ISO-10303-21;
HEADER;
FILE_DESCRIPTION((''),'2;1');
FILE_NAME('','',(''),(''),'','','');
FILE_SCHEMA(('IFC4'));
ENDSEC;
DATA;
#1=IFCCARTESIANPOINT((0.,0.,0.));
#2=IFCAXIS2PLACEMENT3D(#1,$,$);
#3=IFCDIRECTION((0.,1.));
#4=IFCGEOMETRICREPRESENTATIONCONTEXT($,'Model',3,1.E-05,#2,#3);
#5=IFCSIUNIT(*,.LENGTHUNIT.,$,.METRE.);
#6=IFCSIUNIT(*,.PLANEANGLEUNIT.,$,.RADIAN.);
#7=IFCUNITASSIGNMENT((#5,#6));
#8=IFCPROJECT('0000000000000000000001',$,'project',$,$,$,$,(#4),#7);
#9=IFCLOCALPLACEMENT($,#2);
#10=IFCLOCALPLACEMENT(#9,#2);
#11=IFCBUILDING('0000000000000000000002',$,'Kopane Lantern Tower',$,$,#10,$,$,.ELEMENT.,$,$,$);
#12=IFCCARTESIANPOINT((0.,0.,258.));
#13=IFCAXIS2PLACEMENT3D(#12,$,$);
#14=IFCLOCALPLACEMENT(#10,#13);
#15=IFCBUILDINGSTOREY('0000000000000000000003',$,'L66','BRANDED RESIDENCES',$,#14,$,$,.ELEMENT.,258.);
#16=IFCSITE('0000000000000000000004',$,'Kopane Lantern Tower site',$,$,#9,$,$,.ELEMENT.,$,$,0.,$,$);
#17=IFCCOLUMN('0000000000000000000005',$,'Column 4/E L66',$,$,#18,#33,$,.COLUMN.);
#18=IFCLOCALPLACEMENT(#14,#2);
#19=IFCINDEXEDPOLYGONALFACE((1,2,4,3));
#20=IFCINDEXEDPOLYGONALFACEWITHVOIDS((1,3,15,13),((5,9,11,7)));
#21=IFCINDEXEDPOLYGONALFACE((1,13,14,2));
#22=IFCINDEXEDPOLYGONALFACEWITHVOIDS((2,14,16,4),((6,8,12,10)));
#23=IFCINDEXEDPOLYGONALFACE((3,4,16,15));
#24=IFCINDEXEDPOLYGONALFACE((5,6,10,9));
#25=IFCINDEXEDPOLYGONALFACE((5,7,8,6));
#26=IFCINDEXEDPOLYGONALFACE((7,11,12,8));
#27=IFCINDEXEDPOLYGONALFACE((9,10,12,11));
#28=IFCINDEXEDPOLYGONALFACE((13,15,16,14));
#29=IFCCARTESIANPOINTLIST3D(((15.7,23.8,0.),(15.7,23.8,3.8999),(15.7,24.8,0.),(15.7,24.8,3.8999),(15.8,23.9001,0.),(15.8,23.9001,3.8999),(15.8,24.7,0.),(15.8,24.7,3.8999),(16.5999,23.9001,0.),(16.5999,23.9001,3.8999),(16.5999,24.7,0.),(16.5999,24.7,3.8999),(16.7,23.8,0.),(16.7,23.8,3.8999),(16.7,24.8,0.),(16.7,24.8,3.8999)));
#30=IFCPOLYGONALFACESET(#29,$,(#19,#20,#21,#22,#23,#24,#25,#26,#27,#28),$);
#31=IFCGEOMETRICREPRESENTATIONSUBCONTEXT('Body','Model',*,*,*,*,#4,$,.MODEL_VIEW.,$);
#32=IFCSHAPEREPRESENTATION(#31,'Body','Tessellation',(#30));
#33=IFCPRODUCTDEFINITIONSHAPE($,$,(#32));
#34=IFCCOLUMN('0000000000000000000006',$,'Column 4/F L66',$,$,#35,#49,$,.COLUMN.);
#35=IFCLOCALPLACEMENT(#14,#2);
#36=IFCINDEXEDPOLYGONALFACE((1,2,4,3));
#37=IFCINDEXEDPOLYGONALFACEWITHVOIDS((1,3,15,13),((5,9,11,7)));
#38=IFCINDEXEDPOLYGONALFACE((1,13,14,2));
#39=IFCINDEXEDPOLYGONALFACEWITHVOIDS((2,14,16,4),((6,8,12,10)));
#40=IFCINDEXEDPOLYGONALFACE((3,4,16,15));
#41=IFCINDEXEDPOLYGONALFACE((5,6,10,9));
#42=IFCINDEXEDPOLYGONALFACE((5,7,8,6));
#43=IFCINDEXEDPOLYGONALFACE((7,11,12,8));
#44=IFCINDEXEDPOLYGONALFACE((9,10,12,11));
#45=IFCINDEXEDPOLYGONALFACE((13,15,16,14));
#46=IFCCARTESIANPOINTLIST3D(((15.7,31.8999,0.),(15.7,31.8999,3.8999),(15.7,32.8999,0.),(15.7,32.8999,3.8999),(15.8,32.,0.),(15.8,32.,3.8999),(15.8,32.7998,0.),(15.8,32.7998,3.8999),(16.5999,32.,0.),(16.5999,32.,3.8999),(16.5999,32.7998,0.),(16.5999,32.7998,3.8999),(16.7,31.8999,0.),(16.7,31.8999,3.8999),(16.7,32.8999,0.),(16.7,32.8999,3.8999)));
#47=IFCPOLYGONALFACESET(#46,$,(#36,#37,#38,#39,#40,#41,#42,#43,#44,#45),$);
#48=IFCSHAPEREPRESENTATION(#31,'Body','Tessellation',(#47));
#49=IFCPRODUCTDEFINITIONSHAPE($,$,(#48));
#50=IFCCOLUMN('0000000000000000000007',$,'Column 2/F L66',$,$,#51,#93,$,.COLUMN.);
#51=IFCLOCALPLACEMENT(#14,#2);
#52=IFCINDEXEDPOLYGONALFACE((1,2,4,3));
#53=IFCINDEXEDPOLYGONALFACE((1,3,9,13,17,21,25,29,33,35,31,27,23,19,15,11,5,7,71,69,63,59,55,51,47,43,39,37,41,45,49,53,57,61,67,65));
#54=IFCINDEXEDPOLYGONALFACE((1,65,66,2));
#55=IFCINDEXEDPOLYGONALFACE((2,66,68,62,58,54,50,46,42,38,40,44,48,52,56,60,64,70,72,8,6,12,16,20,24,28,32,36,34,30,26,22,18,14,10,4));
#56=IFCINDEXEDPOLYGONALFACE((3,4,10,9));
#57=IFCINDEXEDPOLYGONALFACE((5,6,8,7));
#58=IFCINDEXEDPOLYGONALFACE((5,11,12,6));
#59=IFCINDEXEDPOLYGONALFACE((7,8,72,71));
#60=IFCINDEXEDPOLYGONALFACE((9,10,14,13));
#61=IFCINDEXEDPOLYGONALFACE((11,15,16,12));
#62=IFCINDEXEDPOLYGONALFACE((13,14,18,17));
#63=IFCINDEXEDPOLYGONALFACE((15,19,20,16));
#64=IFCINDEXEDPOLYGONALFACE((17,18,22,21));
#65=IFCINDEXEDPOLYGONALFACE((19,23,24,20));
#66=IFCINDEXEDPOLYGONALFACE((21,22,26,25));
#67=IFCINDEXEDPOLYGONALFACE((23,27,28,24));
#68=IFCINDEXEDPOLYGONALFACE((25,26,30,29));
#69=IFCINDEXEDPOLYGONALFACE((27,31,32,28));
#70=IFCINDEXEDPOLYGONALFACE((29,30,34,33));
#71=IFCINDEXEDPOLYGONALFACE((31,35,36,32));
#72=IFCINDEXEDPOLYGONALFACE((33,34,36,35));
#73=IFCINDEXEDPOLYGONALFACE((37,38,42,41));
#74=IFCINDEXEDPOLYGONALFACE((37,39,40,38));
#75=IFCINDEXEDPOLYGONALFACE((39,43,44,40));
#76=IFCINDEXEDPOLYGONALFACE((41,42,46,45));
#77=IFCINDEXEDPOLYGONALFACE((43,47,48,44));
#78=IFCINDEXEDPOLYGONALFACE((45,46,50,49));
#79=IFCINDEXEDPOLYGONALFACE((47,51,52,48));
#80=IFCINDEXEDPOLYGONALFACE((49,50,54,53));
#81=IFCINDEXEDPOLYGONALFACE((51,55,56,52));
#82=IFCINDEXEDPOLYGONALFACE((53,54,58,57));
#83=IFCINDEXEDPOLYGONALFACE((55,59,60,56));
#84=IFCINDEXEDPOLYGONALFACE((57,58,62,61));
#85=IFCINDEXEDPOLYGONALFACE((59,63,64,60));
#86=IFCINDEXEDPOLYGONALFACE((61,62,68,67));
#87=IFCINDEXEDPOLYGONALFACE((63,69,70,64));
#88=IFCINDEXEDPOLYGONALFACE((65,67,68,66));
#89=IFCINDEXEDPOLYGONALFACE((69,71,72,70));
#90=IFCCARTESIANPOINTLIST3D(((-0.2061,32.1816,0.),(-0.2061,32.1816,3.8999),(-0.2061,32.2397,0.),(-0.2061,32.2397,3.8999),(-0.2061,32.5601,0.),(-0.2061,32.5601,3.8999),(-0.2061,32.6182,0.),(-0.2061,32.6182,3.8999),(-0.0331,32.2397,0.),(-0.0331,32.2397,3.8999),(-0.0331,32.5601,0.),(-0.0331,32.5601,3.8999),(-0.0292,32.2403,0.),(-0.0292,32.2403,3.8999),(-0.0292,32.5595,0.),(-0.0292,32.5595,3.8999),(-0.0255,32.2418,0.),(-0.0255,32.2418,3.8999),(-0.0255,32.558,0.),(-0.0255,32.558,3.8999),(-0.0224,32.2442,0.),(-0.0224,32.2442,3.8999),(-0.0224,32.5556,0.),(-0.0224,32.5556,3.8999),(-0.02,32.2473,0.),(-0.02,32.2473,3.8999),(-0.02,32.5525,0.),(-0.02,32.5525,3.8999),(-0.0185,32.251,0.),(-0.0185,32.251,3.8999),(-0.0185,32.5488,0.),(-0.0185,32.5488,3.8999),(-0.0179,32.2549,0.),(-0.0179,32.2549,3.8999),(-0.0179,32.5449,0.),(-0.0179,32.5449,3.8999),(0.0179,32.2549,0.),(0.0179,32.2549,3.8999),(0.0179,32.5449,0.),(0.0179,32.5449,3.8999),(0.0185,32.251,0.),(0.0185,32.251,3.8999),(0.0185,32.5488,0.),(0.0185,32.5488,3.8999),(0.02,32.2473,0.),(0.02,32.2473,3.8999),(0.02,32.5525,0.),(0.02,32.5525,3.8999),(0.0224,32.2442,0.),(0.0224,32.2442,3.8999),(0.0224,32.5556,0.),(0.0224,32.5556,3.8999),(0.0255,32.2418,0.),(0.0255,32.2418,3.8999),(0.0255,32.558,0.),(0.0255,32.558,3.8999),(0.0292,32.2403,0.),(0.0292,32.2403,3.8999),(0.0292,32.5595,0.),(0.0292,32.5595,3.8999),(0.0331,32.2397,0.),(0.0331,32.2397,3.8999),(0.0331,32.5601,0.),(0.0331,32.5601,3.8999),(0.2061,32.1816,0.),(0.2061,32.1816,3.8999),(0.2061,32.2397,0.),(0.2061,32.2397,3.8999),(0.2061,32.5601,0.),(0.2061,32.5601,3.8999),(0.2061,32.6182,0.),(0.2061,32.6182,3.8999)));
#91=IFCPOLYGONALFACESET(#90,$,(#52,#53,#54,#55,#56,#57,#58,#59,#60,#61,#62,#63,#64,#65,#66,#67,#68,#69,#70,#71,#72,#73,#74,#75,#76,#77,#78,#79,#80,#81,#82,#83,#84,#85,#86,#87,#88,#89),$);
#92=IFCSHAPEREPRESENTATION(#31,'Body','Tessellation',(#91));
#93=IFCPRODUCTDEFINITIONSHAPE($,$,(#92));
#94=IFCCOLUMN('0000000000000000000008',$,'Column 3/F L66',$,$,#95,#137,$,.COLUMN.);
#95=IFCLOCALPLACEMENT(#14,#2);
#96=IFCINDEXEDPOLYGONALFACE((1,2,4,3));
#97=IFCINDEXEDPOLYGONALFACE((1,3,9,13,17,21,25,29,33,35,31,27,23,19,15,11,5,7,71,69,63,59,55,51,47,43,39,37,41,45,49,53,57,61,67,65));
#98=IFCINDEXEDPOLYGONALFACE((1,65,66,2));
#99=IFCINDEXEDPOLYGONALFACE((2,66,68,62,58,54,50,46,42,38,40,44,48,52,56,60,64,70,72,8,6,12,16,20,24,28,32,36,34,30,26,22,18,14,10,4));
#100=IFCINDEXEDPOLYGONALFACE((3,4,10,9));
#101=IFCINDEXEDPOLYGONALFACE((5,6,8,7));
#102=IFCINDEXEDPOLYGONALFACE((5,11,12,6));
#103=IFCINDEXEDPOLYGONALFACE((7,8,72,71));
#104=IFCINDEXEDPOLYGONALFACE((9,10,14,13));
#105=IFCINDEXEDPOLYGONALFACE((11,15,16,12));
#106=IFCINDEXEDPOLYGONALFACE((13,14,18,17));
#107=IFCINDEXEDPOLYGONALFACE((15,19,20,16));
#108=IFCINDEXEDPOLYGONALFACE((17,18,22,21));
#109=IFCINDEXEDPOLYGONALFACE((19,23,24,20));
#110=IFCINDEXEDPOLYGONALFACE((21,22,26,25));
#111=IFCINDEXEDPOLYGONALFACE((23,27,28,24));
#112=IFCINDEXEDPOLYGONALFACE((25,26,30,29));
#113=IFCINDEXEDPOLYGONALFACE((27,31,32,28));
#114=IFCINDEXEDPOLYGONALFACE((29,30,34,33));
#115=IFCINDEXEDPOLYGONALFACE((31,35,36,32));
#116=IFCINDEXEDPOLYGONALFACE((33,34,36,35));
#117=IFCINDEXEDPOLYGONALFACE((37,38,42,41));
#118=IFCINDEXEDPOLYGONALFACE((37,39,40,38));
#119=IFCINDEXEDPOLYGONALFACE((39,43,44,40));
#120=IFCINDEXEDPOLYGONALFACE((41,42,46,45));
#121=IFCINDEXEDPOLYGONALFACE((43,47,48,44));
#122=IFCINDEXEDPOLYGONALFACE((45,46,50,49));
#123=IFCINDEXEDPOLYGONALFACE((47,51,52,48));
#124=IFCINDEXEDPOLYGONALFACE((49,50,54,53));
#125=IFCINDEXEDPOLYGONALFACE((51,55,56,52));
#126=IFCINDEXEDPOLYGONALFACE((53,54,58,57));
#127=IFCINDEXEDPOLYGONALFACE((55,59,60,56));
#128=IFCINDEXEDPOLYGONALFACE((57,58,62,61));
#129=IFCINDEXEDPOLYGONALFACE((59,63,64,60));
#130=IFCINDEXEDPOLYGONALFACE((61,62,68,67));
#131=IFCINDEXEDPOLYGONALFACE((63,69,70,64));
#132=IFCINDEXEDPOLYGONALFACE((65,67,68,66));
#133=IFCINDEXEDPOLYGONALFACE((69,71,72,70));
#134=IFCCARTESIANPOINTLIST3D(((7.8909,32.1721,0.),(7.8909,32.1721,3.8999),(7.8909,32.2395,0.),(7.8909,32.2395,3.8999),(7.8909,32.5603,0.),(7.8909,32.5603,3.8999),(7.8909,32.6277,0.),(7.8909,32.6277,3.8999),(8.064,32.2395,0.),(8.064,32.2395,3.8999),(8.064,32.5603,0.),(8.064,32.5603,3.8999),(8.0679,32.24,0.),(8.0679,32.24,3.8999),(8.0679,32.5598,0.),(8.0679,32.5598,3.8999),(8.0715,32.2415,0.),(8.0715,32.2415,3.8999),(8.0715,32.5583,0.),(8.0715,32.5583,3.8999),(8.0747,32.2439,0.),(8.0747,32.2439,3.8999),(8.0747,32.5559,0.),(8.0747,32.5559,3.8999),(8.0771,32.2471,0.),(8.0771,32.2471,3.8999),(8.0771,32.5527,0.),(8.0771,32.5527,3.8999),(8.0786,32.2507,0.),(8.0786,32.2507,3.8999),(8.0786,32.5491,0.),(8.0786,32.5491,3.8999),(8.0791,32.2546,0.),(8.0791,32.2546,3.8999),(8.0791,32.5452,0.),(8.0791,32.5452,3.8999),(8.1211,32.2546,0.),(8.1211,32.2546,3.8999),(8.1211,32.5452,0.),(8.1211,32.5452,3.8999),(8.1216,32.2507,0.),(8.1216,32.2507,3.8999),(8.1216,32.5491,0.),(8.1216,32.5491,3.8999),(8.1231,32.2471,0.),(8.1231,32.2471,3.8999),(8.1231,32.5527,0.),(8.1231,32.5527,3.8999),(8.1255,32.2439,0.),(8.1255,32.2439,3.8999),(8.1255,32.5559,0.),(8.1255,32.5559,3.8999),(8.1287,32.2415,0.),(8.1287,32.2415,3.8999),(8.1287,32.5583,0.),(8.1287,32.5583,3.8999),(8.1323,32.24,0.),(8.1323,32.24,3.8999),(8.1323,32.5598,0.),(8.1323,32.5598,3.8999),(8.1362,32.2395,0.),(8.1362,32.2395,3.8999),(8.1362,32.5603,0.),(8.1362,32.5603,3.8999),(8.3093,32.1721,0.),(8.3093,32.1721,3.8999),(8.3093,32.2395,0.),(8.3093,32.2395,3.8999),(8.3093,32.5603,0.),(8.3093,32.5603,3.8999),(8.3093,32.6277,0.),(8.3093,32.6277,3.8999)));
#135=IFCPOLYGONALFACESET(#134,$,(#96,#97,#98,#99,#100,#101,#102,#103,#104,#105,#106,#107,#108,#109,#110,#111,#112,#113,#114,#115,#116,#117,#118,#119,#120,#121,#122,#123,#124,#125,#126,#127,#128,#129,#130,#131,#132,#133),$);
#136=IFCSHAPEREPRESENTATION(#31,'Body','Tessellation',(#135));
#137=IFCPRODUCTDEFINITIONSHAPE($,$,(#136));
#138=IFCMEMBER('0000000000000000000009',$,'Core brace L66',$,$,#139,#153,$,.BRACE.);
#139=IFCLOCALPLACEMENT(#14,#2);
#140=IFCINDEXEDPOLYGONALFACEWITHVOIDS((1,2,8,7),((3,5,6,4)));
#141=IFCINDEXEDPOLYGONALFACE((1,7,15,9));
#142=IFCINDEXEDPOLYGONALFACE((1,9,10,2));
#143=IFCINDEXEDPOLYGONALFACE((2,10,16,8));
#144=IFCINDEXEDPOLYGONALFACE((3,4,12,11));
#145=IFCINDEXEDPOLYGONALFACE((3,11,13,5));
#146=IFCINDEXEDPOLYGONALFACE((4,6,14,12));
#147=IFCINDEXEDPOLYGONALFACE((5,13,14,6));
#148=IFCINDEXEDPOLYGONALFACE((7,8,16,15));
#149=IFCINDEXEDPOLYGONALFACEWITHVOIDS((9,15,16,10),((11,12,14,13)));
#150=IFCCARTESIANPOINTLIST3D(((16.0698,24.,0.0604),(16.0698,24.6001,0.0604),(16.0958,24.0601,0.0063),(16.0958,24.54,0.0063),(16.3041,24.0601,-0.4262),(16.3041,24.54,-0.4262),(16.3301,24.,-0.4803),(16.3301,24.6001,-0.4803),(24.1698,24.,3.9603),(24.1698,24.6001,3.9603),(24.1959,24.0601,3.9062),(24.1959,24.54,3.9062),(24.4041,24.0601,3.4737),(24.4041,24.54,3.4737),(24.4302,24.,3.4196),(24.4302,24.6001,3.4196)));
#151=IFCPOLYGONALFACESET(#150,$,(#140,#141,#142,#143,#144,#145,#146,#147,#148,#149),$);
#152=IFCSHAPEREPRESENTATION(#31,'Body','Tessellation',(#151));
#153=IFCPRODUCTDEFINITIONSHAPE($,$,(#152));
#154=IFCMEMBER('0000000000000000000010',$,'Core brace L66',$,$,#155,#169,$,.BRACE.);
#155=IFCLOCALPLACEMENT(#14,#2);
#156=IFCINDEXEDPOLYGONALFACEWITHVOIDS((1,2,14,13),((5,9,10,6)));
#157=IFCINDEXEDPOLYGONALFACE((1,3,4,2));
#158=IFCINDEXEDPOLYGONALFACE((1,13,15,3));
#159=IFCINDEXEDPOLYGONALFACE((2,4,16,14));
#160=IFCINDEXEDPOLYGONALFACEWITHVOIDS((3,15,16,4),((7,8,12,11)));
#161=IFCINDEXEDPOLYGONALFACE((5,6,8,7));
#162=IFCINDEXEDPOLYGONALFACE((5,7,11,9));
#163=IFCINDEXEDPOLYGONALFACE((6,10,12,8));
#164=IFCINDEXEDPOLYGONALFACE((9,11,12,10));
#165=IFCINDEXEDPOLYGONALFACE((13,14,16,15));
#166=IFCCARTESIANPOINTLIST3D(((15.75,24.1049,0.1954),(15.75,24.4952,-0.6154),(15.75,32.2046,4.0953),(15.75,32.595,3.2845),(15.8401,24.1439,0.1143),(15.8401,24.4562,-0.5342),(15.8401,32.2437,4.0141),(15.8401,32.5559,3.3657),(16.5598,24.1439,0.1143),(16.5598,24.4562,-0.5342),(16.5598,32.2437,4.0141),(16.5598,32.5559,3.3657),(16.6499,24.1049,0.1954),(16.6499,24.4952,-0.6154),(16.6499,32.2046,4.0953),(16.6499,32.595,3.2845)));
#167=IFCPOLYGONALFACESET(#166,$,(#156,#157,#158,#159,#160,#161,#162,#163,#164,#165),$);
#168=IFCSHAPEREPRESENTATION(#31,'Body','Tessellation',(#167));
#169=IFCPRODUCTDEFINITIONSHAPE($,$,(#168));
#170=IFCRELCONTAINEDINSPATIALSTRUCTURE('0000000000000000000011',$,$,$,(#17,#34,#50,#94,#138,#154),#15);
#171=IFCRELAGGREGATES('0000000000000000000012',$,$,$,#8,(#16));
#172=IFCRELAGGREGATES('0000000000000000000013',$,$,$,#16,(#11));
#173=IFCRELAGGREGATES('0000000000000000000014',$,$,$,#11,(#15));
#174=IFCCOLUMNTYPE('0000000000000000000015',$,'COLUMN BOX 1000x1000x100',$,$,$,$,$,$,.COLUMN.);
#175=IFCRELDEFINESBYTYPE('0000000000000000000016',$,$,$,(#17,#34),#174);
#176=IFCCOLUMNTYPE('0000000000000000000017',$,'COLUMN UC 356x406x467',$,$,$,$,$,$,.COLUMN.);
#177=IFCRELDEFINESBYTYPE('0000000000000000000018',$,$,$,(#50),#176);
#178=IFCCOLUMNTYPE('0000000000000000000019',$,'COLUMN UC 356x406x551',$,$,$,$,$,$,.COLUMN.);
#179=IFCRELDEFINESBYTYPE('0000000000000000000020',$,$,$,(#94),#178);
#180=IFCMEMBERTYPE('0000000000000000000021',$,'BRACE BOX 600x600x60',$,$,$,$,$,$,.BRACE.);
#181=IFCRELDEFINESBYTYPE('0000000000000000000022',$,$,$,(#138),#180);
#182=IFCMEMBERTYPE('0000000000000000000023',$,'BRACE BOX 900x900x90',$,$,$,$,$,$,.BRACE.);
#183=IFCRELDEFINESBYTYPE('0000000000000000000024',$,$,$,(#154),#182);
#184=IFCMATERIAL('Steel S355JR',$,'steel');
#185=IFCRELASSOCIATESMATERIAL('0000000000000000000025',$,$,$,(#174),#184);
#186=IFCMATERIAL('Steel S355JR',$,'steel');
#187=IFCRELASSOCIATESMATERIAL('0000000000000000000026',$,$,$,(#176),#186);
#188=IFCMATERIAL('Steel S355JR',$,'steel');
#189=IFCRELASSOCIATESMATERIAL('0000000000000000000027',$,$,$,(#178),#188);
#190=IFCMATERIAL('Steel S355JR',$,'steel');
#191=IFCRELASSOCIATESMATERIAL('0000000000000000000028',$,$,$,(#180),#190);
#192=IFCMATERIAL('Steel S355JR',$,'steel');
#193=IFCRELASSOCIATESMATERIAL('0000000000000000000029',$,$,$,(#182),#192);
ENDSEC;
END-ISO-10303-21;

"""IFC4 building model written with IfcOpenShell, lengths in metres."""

from ifc_helpers import new_model, si_unit, direction, frame, origin, origin_2d, place, context, subcontext, project, spatial, hollow_rectangle, i_section, extrude, material, material_profile, profile_set, type_object, element, save


model = new_model("IFC4")

# Units and contexts
model_context = context("Model", 3, precision=1e-05, world=origin(), true_north=direction((0.0, 1.0)))
body_context = subcontext(model_context, "Body", "Model", "MODEL_VIEW")
ifc_project = project(units=[si_unit("LENGTHUNIT", "METRE"), si_unit("PLANEANGLEUNIT", "RADIAN")], contexts=[model_context])

# Site, building, storey
site_placement = place(None, origin())
site = spatial("IfcSite", under=ifc_project, at=site_placement, Name="Kopane Lantern Tower site", CompositionType="ELEMENT", RefElevation=0.0)
building_placement = place(site_placement, origin())
building = spatial("IfcBuilding", under=site, at=building_placement, Name="Kopane Lantern Tower", CompositionType="ELEMENT")
storey_placement = place(building_placement, frame((0.0, 0.0, 258.0)))
storey = spatial("IfcBuildingStorey", under=building, at=storey_placement, Name="L66", Description="BRANDED RESIDENCES", CompositionType="ELEMENT", Elevation=258.0)

# Columns
ifc_material_1 = material(Name="Steel S355JR", Category="steel")
ifc_material_profile_1 = material_profile(ifc_material_1, hollow_rectangle(XDim=1.0, YDim=1.0, WallThickness=0.1001, at=origin_2d()), Name="BOX 1000x1000x100")
ifc_profile_set_1 = profile_set([ifc_material_profile_1], Name="Steel S355JR")
column_type_1 = type_object("IfcColumnType", Name="COLUMN BOX 1000x1000x100", PredefinedType="COLUMN", material=ifc_profile_set_1)
for number, where, z_axis, x_axis, name in (
    (1, (16.2, 24.3, 0.0), (0.0, 0.0, 1.0), (1.0, 0.0, 0.0), "Column 4/E L66"),
    (2, (16.2, 32.3999, 0.0), (0.0, 0.0, 1.0), (1.0, 0.0, 0.0), "Column 4/F L66"),
):
    element("IfcColumn", number, at=place(storey_placement, frame(where, z_axis=z_axis, x_axis=x_axis)), inside=storey, type_object=column_type_1, Name=name, PredefinedType="COLUMN", context=body_context, shape_type="SweptSolid", body=[
        extrude(hollow_rectangle(XDim=1.0, YDim=1.0, WallThickness=0.1001, at=origin_2d()), origin(), (0.0, 0.0, 1.0), 3.8999),
    ])
ifc_material_2 = material(Name="Steel S355JR", Category="steel")
ifc_material_profile_2 = material_profile(ifc_material_2, i_section(OverallWidth=0.4121, OverallDepth=0.4365, WebThickness=0.0359, FlangeThickness=0.0581, FilletRadius=0.0151, at=origin_2d()), Name="UC 356x406x467")
ifc_profile_set_2 = profile_set([ifc_material_profile_2], Name="Steel S355JR")
column_type_2 = type_object("IfcColumnType", Name="COLUMN UC 356x406x467", PredefinedType="COLUMN", material=ifc_profile_set_2)
column_1_placement = place(storey_placement, frame((0.0, 32.3999, 0.0), z_axis=(0.0, 0.0, 1.0), x_axis=(1.0, 0.0, 0.0)))
element("IfcColumn", 3, at=column_1_placement, inside=storey, type_object=column_type_2, Name="Column 2/F L66", PredefinedType="COLUMN", context=body_context, shape_type="SweptSolid", body=[
    extrude(i_section(OverallWidth=0.4121, OverallDepth=0.4365, WebThickness=0.0359, FlangeThickness=0.0581, FilletRadius=0.0151, at=origin_2d()), origin(), (0.0, 0.0, 1.0), 3.8999),
])
ifc_material_3 = material(Name="Steel S355JR", Category="steel")
ifc_material_profile_3 = material_profile(ifc_material_3, i_section(OverallWidth=0.4185, OverallDepth=0.4556, WebThickness=0.042, FlangeThickness=0.0674, FilletRadius=0.0151, at=origin_2d()), Name="UC 356x406x551")
ifc_profile_set_3 = profile_set([ifc_material_profile_3], Name="Steel S355JR")
column_type_3 = type_object("IfcColumnType", Name="COLUMN UC 356x406x551", PredefinedType="COLUMN", material=ifc_profile_set_3)
column_2_placement = place(storey_placement, frame((8.1001, 32.3999, 0.0), z_axis=(0.0, 0.0, 1.0), x_axis=(1.0, 0.0, 0.0)))
element("IfcColumn", 4, at=column_2_placement, inside=storey, type_object=column_type_3, Name="Column 3/F L66", PredefinedType="COLUMN", context=body_context, shape_type="SweptSolid", body=[
    extrude(i_section(OverallWidth=0.4185, OverallDepth=0.4556, WebThickness=0.042, FlangeThickness=0.0674, FilletRadius=0.0151, at=origin_2d()), origin(), (0.0, 0.0, 1.0), 3.8999),
])

# Members
ifc_material_4 = material(Name="Steel S355JR", Category="steel")
ifc_material_profile_4 = material_profile(ifc_material_4, hollow_rectangle(XDim=0.6001, YDim=0.6001, WallThickness=0.0601, at=origin_2d()), Name="BOX 600x600x60")
ifc_profile_set_4 = profile_set([ifc_material_profile_4], Name="Steel S355JR")
member_type_1 = type_object("IfcMemberType", Name="BRACE BOX 600x600x60", PredefinedType="BRACE", material=ifc_profile_set_4)
member_1_placement = place(storey_placement, frame((16.2, 24.3, -0.21), z_axis=(0.901008, 0.0, 0.433803), x_axis=(0.0, 1.0, 0.0)))
element("IfcMember", 5, at=member_1_placement, inside=storey, type_object=member_type_1, Name="Core brace L66", PredefinedType="BRACE", context=body_context, shape_type="SweptSolid", body=[
    extrude(hollow_rectangle(XDim=0.6001, YDim=0.6001, WallThickness=0.0601, at=origin_2d()), origin(), (0.0, 0.0, 1.0), 8.99),
])
ifc_material_5 = material(Name="Steel S355JR", Category="steel")
ifc_material_profile_5 = material_profile(ifc_material_5, hollow_rectangle(XDim=0.8999, YDim=0.8999, WallThickness=0.0901, at=origin_2d()), Name="BOX 900x900x90")
ifc_profile_set_5 = profile_set([ifc_material_profile_5], Name="Steel S355JR")
member_type_2 = type_object("IfcMemberType", Name="BRACE BOX 900x900x90", PredefinedType="BRACE", material=ifc_profile_set_5)
member_2_placement = place(storey_placement, frame((16.2, 24.3, -0.21), z_axis=(0.0, 0.901003, 0.433813), x_axis=(-1.0, 0.0, 0.0)))
element("IfcMember", 6, at=member_2_placement, inside=storey, type_object=member_type_2, Name="Core brace L66", PredefinedType="BRACE", context=body_context, shape_type="SweptSolid", body=[
    extrude(hollow_rectangle(XDim=0.8999, YDim=0.8999, WallThickness=0.0901, at=origin_2d()), origin(), (0.0, 0.0, 1.0), 8.9897),
])

save(model, "model.ifc")
